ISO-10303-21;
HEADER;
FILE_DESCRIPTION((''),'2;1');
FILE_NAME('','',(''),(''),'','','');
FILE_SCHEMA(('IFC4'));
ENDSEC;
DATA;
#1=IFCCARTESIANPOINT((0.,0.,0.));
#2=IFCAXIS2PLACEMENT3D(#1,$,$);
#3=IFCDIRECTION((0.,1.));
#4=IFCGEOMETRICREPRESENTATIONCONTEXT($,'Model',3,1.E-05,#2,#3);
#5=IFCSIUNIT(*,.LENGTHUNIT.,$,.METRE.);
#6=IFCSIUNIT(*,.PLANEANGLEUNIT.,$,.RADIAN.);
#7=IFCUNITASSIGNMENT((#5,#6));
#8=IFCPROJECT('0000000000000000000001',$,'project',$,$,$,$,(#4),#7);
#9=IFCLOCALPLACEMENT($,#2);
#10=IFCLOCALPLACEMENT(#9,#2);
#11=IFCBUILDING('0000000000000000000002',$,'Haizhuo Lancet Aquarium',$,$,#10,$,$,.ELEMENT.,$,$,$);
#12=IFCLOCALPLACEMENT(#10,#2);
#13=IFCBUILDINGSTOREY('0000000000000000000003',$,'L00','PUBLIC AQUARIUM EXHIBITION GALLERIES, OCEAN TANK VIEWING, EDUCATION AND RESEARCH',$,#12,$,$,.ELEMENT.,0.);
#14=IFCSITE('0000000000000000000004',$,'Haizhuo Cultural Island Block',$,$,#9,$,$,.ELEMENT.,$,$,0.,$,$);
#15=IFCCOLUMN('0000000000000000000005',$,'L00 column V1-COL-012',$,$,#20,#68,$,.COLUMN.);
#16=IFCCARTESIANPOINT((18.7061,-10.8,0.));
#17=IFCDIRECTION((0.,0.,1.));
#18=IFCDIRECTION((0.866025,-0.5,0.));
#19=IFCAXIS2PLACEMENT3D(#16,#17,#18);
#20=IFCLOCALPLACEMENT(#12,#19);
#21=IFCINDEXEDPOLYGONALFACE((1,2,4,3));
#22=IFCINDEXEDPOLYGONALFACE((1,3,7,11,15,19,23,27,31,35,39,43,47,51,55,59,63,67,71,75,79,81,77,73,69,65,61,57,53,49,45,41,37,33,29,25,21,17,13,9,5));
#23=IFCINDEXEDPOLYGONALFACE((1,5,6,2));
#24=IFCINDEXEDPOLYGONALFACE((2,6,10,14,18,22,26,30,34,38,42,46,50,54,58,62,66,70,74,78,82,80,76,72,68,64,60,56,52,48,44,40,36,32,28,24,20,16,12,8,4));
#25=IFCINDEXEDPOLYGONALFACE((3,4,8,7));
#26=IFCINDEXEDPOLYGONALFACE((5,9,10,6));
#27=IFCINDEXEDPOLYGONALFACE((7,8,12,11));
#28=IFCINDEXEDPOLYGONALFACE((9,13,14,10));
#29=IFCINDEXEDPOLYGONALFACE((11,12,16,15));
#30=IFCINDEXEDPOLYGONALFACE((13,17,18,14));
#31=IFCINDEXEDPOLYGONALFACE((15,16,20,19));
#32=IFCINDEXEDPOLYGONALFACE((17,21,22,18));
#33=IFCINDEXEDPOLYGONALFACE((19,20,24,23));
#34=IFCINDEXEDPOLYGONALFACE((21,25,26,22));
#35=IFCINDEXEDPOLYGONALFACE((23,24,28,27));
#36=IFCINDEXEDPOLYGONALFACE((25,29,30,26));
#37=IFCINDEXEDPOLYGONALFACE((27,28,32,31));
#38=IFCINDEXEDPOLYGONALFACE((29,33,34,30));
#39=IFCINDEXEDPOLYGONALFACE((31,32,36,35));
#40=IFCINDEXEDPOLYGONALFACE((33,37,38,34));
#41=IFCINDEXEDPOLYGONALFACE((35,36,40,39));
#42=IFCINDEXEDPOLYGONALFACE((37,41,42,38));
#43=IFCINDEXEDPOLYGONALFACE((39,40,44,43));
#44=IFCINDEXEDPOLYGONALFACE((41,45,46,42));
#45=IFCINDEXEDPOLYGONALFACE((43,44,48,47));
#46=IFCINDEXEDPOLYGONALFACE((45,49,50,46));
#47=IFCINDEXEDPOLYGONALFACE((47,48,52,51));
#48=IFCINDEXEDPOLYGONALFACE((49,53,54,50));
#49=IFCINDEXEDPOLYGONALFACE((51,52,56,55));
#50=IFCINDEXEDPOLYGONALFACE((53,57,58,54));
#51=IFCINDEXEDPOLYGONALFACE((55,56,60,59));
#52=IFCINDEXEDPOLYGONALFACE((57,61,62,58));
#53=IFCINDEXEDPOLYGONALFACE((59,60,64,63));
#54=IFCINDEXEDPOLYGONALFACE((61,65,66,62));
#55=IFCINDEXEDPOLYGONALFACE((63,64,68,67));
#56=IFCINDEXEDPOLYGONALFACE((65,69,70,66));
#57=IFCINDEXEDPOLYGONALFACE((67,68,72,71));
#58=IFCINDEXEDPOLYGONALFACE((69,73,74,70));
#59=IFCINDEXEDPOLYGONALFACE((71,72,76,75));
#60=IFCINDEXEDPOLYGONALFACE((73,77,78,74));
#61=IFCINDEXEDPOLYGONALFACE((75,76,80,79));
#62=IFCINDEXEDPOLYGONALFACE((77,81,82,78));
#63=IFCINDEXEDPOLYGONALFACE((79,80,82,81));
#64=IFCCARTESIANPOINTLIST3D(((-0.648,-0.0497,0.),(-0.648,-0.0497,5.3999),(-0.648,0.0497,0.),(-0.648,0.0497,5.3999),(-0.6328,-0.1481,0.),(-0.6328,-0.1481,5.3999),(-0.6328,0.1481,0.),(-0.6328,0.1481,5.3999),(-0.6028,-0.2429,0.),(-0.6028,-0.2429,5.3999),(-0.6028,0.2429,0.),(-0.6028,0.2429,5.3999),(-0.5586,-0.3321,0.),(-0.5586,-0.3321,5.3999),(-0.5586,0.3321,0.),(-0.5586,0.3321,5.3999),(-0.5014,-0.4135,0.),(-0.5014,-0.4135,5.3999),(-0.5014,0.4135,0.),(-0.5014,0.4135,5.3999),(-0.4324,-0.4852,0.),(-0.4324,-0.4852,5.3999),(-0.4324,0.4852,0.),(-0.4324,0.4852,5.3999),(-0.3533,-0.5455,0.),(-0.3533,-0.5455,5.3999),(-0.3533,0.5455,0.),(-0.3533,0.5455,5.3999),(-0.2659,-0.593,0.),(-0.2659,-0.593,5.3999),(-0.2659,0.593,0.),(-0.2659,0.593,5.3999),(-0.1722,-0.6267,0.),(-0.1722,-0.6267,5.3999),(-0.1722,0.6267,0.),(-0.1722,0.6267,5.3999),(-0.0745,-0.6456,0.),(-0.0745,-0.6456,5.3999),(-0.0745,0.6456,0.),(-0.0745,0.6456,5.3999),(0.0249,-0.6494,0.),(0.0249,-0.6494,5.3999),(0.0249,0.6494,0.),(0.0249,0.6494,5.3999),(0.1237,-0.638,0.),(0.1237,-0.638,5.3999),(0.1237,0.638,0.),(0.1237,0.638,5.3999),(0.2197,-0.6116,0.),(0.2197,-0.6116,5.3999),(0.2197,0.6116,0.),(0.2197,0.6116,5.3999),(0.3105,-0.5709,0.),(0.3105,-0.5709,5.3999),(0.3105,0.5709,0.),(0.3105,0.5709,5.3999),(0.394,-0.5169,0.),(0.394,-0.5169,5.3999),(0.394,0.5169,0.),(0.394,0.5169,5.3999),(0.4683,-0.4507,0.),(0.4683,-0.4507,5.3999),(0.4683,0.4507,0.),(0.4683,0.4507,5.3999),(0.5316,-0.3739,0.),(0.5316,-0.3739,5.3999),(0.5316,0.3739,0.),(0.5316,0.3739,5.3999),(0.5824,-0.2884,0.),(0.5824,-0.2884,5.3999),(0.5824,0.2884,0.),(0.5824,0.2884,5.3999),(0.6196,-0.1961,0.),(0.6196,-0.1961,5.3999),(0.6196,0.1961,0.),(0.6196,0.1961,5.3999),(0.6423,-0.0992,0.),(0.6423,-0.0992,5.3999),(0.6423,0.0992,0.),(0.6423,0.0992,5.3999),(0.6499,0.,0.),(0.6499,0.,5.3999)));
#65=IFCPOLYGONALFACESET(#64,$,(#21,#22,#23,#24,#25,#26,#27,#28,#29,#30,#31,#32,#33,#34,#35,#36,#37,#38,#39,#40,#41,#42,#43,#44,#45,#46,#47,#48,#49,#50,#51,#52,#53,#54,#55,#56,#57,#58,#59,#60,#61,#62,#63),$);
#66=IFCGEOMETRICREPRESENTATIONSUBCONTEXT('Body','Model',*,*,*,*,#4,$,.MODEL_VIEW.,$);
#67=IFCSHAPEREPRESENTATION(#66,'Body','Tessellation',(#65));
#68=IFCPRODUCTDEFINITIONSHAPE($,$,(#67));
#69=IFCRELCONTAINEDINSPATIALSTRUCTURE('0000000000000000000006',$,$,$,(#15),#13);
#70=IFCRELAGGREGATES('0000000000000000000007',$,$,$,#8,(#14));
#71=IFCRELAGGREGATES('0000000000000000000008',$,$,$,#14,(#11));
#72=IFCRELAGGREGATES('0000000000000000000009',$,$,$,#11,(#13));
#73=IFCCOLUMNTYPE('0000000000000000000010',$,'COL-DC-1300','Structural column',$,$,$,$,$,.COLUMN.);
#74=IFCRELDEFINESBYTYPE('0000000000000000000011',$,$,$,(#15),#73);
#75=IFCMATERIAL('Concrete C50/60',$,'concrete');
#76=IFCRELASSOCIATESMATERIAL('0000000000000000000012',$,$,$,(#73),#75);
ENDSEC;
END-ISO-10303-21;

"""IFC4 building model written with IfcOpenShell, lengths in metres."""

from ifc_helpers import new_model, si_unit, direction, frame, origin, origin_2d, place, context, subcontext, project, spatial, circle, extrude, material, material_profile, profile_set, type_object, element, save


model = new_model("IFC4")

# Units and contexts
model_context = context("Model", 3, precision=1e-05, world=origin(), true_north=direction((0.0, 1.0)))
body_context = subcontext(model_context, "Body", "Model", "MODEL_VIEW")
ifc_project = project(units=[si_unit("LENGTHUNIT", "METRE"), si_unit("PLANEANGLEUNIT", "RADIAN")], contexts=[model_context])

# Site, building, storey
site_placement = place(None, origin())
site = spatial("IfcSite", under=ifc_project, at=site_placement, Name="Haizhuo Cultural Island Block", CompositionType="ELEMENT", RefElevation=0.0)
building_placement = place(site_placement, origin())
building = spatial("IfcBuilding", under=site, at=building_placement, Name="Haizhuo Lancet Aquarium", CompositionType="ELEMENT")
storey_placement = place(building_placement, origin())
storey = spatial("IfcBuildingStorey", under=building, at=storey_placement, Name="L00", Description="PUBLIC AQUARIUM EXHIBITION GALLERIES, OCEAN TANK VIEWING, EDUCATION AND RESEARCH", CompositionType="ELEMENT", Elevation=0.0)

# Column
ifc_material_1 = material(Name="Concrete C50/60", Category="concrete")
ifc_material_profile_1 = material_profile(ifc_material_1, circle(Radius=0.6499, at=origin_2d()), Name="RC-DC 1300")
ifc_profile_set_1 = profile_set([ifc_material_profile_1], Name="Concrete C50/60")
column_type_1 = type_object("IfcColumnType", Name="COL-DC-1300", Description="Structural column", PredefinedType="COLUMN", material=ifc_profile_set_1)
column_placement = place(storey_placement, frame((18.7061, -10.8, 0.0), z_axis=(0.0, 0.0, 1.0), x_axis=(0.866025, -0.5, 0.0)))
element("IfcColumn", 1, at=column_placement, inside=storey, type_object=column_type_1, Name="L00 column V1-COL-012", PredefinedType="COLUMN", context=body_context, shape_type="SweptSolid", body=[
    extrude(circle(Radius=0.6499, at=origin_2d()), origin(), (0.0, 0.0, 1.0), 5.3999),
])

save(model, "model.ifc")
